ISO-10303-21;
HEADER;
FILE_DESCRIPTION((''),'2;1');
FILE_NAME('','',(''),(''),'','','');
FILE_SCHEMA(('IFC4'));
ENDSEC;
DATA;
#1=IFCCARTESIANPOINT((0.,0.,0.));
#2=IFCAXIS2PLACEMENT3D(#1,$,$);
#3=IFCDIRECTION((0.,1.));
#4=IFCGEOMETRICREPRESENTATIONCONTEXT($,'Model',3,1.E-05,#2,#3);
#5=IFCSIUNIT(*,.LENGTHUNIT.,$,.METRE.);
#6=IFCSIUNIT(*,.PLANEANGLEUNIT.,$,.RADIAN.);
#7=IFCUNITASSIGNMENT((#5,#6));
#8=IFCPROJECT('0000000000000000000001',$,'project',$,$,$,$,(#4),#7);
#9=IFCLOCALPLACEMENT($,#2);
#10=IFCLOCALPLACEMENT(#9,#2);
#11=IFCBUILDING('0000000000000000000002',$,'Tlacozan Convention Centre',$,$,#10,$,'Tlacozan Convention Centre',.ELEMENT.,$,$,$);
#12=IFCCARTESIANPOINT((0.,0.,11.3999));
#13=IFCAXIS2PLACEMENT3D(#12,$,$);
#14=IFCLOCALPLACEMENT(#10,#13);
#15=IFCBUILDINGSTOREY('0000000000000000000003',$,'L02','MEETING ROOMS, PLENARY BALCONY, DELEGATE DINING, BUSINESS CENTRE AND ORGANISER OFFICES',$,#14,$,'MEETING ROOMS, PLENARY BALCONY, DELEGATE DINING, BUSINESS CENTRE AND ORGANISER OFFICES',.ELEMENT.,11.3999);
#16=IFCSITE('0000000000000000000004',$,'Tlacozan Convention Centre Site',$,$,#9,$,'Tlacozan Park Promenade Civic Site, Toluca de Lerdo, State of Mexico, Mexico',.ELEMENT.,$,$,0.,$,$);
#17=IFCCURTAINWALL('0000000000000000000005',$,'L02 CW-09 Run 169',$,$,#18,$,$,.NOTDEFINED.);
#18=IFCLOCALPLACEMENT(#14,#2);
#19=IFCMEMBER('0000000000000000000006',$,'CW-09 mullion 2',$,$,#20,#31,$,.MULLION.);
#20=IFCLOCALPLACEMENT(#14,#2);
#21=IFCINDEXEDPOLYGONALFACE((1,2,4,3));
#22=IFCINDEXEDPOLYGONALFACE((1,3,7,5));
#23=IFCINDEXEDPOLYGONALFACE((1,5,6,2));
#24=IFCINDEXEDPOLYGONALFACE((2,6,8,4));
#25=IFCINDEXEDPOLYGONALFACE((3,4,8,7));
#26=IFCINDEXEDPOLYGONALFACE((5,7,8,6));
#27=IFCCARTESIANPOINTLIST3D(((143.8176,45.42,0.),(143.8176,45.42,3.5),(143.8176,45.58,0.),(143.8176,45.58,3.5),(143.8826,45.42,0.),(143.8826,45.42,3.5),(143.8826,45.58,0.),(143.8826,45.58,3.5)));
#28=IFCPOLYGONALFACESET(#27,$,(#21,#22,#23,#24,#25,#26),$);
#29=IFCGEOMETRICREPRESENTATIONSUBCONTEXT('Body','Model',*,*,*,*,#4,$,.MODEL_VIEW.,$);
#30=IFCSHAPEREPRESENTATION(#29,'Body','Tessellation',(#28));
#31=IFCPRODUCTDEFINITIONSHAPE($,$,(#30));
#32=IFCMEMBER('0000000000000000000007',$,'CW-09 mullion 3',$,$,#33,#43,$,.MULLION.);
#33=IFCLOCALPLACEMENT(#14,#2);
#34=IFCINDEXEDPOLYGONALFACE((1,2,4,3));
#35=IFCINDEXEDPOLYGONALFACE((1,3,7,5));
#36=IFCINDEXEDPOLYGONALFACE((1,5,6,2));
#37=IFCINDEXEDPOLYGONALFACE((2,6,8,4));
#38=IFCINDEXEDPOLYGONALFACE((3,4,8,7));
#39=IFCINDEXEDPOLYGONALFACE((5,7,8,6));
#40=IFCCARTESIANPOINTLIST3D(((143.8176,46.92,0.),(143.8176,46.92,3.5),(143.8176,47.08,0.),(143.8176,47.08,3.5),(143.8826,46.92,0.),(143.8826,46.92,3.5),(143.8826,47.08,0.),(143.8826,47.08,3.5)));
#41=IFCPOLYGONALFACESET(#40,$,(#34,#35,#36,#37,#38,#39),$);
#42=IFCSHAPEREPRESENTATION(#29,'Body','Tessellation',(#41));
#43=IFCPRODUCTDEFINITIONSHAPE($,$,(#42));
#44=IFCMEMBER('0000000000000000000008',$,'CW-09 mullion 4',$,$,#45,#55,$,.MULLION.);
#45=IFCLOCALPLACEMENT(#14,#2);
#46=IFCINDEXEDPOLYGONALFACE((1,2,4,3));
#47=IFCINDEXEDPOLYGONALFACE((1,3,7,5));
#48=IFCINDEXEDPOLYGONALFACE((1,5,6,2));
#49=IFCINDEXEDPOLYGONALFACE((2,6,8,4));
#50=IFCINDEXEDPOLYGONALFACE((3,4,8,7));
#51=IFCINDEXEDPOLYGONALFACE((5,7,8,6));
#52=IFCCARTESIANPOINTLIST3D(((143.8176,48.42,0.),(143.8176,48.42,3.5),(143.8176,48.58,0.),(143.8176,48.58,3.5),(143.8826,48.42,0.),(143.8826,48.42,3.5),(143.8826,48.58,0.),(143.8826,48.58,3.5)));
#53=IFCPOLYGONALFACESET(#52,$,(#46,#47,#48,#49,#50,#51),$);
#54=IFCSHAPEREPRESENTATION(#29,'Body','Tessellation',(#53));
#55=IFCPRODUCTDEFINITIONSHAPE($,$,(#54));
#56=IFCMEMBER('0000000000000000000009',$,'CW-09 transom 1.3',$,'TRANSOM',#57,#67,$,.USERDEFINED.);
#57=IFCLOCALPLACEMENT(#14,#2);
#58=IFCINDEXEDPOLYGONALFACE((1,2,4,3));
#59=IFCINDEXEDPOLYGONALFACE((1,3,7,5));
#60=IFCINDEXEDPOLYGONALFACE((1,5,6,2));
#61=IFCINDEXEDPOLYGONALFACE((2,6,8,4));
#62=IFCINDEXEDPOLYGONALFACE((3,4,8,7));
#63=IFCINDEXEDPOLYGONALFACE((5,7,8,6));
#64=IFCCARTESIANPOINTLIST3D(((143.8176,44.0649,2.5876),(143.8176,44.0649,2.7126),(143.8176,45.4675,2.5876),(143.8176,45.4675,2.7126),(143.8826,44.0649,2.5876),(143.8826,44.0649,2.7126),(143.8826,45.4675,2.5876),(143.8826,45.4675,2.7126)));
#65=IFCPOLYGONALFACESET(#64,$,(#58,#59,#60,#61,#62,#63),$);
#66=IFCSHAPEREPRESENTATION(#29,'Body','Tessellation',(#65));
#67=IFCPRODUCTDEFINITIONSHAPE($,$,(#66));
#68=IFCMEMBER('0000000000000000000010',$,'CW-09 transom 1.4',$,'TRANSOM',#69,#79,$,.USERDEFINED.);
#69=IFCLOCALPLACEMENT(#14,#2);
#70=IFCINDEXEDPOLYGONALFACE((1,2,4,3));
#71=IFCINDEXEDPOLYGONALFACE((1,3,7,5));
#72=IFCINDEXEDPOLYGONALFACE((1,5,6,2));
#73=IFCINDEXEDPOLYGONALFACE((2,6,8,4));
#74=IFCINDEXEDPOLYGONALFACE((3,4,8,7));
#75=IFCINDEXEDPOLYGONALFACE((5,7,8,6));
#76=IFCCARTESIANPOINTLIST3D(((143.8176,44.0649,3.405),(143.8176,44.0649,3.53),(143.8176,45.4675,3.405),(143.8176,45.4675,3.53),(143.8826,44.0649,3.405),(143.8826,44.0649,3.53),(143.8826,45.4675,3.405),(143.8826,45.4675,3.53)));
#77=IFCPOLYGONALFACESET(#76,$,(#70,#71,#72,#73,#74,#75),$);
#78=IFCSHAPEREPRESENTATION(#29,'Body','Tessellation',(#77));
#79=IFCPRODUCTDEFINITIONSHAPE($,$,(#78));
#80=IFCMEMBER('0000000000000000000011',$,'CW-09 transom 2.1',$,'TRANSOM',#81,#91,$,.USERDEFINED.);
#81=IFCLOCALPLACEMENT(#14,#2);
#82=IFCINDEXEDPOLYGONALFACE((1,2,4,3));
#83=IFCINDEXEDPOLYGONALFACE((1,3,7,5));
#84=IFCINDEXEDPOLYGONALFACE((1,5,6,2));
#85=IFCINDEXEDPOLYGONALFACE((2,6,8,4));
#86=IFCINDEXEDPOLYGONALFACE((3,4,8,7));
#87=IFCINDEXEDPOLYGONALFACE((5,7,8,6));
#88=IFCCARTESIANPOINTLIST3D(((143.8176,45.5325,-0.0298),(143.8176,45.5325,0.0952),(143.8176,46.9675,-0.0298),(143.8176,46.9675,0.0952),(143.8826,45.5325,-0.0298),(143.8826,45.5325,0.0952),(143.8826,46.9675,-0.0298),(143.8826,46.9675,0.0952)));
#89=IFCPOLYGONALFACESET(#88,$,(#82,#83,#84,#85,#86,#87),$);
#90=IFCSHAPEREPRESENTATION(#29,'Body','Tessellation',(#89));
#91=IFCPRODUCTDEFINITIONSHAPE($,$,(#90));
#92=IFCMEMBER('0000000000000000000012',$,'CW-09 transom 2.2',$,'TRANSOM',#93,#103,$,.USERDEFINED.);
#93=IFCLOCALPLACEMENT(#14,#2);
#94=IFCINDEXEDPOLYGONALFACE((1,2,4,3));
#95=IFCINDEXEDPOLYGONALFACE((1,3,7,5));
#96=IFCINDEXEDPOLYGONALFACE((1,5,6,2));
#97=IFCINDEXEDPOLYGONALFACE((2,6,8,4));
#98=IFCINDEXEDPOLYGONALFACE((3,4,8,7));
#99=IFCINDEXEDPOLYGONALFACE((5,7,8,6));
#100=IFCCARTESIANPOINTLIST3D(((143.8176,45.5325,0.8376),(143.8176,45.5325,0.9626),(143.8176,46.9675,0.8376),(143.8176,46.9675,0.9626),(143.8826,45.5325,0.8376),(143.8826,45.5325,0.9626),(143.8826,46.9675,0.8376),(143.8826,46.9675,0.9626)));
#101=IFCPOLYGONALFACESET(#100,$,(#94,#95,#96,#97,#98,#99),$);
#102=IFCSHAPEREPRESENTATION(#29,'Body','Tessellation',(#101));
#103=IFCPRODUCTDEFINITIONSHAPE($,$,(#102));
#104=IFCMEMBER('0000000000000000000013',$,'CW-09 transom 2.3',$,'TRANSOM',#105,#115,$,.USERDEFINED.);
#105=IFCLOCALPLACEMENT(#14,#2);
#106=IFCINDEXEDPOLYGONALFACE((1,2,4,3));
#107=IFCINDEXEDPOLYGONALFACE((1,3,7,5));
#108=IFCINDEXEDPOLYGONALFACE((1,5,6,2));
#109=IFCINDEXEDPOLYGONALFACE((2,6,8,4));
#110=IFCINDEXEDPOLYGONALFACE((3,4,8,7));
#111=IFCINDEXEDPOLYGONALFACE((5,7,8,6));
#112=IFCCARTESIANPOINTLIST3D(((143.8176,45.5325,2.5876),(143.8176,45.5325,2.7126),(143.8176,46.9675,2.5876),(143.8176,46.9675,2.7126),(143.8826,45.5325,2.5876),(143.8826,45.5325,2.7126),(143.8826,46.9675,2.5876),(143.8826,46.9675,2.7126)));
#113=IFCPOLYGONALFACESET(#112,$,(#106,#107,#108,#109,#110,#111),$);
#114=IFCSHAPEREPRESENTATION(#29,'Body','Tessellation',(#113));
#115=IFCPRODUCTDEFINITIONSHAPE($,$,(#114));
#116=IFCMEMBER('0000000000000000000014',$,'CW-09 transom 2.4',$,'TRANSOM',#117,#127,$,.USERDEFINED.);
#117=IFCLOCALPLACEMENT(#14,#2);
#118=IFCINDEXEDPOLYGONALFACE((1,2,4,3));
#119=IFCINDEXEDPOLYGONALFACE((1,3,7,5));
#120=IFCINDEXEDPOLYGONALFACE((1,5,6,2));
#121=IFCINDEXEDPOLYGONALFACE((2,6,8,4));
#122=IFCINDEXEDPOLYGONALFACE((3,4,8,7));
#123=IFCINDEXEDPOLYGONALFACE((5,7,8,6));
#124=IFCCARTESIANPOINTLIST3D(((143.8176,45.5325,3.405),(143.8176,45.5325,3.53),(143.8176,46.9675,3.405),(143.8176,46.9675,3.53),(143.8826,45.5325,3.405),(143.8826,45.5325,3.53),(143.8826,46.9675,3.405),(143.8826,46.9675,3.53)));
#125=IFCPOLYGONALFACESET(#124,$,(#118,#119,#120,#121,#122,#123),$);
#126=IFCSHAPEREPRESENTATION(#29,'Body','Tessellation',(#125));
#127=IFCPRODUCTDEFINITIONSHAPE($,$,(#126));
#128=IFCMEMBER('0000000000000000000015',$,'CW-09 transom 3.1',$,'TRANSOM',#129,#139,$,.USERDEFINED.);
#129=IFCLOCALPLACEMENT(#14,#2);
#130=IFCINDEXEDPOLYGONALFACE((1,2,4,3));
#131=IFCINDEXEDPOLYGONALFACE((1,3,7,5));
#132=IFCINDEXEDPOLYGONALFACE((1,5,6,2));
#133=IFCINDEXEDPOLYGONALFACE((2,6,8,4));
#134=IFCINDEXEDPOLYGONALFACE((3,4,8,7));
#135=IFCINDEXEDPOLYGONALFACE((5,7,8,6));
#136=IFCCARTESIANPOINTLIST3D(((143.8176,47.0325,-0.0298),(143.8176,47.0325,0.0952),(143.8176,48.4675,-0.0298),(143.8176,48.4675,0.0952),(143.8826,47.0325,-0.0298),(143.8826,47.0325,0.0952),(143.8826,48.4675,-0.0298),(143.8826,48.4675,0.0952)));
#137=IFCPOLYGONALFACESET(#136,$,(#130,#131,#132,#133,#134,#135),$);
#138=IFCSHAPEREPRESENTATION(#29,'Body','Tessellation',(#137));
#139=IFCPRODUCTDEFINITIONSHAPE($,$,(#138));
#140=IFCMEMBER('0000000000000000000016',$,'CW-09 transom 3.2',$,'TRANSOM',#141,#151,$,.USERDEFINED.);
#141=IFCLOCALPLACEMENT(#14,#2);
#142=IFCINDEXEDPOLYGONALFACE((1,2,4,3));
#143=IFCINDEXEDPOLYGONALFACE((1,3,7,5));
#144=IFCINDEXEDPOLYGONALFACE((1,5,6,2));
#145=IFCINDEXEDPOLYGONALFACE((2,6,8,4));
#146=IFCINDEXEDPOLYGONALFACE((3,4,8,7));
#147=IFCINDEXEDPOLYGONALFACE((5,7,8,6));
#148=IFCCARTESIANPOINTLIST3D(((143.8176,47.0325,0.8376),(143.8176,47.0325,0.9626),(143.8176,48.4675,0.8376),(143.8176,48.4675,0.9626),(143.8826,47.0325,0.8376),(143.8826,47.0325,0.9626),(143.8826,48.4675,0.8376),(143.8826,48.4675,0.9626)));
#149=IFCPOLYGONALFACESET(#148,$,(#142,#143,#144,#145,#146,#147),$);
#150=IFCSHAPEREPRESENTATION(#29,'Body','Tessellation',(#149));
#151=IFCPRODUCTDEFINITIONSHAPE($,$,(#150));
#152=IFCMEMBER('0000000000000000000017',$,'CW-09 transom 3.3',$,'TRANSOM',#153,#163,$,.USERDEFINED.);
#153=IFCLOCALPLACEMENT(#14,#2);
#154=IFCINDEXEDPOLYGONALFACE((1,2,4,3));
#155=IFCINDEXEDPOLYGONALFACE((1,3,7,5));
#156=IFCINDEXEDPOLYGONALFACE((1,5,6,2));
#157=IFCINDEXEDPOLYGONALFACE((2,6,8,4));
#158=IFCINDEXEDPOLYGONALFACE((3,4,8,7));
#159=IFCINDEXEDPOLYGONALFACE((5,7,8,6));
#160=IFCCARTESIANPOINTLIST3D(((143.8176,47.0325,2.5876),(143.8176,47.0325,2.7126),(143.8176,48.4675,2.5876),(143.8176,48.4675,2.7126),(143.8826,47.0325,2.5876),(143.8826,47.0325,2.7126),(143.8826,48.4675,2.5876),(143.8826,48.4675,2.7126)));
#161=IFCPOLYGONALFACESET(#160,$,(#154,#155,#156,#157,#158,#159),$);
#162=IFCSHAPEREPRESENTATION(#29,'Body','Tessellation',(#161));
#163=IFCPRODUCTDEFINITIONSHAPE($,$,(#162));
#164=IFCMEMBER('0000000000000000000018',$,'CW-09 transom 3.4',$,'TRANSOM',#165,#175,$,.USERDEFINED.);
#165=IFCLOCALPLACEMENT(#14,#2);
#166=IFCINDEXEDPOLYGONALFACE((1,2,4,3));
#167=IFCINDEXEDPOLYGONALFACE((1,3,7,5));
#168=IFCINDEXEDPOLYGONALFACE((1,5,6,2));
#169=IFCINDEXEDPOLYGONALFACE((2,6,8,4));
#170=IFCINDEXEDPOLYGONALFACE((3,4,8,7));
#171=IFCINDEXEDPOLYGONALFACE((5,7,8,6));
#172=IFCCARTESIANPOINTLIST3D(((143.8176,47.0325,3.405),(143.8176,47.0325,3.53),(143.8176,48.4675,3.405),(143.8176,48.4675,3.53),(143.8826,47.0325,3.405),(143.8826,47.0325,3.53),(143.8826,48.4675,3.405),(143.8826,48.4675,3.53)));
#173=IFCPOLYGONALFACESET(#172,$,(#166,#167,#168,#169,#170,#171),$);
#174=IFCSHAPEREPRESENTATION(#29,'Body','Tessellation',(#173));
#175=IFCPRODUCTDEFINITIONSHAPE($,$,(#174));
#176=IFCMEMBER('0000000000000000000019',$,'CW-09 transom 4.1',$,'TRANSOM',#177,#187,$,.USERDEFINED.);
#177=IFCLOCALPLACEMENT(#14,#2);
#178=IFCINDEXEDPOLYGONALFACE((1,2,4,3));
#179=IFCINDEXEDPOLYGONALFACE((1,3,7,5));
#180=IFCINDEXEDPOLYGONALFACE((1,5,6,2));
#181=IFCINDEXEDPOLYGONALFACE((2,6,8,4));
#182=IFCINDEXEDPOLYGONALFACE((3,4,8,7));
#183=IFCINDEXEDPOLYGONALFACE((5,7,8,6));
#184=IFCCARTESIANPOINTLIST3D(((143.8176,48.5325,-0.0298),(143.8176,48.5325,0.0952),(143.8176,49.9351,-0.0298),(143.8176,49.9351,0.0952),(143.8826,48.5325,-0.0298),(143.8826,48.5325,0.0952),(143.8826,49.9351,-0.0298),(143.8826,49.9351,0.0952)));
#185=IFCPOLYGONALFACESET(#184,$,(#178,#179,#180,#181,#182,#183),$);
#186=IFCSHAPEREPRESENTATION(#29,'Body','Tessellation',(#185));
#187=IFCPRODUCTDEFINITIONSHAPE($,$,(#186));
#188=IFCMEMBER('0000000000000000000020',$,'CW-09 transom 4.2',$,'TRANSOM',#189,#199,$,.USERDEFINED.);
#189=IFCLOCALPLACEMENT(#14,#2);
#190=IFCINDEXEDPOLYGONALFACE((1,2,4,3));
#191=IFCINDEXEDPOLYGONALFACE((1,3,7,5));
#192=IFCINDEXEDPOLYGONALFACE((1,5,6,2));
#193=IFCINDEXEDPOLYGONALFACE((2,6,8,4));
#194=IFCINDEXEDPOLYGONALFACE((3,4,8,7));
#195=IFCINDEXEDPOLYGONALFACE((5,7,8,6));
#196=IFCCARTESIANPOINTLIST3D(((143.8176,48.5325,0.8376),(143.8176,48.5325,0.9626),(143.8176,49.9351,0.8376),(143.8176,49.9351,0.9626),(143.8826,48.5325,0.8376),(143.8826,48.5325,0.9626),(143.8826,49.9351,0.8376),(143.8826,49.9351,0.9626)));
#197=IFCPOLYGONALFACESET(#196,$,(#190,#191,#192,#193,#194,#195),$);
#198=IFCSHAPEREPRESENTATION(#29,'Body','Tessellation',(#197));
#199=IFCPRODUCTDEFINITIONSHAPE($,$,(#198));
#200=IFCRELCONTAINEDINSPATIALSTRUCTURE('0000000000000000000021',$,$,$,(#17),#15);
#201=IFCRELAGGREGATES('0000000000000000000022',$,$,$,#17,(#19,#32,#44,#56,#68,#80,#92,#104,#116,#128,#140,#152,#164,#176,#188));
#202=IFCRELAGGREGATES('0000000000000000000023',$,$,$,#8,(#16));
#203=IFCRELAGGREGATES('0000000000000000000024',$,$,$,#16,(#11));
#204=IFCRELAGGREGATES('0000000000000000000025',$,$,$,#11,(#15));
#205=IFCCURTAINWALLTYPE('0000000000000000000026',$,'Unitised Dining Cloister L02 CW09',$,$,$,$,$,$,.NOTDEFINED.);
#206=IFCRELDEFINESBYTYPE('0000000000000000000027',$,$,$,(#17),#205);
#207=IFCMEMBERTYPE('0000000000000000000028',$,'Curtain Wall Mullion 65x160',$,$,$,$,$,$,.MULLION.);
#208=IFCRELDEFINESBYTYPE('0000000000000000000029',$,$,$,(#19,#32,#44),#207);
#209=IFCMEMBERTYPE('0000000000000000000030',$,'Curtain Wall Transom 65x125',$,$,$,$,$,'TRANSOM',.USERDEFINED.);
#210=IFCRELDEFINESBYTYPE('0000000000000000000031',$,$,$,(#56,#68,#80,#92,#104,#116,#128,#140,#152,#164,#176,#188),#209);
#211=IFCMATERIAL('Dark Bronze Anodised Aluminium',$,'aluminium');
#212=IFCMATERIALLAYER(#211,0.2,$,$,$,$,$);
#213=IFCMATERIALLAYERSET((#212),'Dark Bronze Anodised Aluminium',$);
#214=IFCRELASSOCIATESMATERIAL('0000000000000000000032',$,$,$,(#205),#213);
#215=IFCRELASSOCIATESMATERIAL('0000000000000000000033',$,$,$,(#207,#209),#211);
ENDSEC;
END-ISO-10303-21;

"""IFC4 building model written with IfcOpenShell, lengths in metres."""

from ifc_helpers import new_model, si_unit, direction, frame, origin, origin_2d, place, context, subcontext, project, spatial, rectangle, extrude, material, layer, layer_set, material_profile, profile_set, type_object, element, aggregate, save


model = new_model("IFC4")

# Units and contexts
model_context = context("Model", 3, precision=1e-05, world=origin(), true_north=direction((0.0, 1.0)))
body_context = subcontext(model_context, "Body", "Model", "MODEL_VIEW")
ifc_project = project(units=[si_unit("LENGTHUNIT", "METRE"), si_unit("PLANEANGLEUNIT", "RADIAN")], contexts=[model_context])

# Site, building, storey
site_placement = place(None, origin())
site = spatial("IfcSite", under=ifc_project, at=site_placement, Name="Tlacozan Convention Centre Site", LongName="Tlacozan Park Promenade Civic Site, Toluca de Lerdo, State of Mexico, Mexico", CompositionType="ELEMENT", RefElevation=0.0)
building_placement = place(site_placement, origin())
building = spatial("IfcBuilding", under=site, at=building_placement, Name="Tlacozan Convention Centre", LongName="Tlacozan Convention Centre", CompositionType="ELEMENT")
storey_placement = place(building_placement, frame((0.0, 0.0, 11.3999)))
storey = spatial("IfcBuildingStorey", under=building, at=storey_placement, Name="L02", Description="MEETING ROOMS, PLENARY BALCONY, DELEGATE DINING, BUSINESS CENTRE AND ORGANISER OFFICES", LongName="MEETING ROOMS, PLENARY BALCONY, DELEGATE DINING, BUSINESS CENTRE AND ORGANISER OFFICES", CompositionType="ELEMENT", Elevation=11.3999)

# Curtain wall, members
ifc_material_1 = material(Name="Dark Bronze Anodised Aluminium", Category="aluminium")
ifc_layer_1 = layer(ifc_material_1, 0.2)
ifc_layer_set_1 = layer_set([ifc_layer_1], Name="Dark Bronze Anodised Aluminium")
curtain_wall_type = type_object("IfcCurtainWallType", Name="Unitised Dining Cloister L02 CW09", PredefinedType="NOTDEFINED", material=ifc_layer_set_1)
curtain_wall_placement = place(storey_placement, origin())
curtain_wall = element("IfcCurtainWall", 1, at=curtain_wall_placement, inside=storey, type_object=curtain_wall_type, Name="L02 CW-09 Run 169", PredefinedType="NOTDEFINED")
ifc_material_profile_1 = material_profile(ifc_material_1, rectangle(XDim=0.0649, YDim=0.1599, at=origin_2d()), Name="ALU 65x160")
ifc_profile_set_1 = profile_set([ifc_material_profile_1], Name="Dark Bronze Anodised Aluminium")
member_type_1 = type_object("IfcMemberType", Name="Curtain Wall Mullion 65x160", PredefinedType="MULLION", material=ifc_profile_set_1)
member_1_placement = place(storey_placement, frame((143.8501, 45.5, 0.0), z_axis=(0.0, 0.0, 1.0), x_axis=(-1.0, 0.0, 0.0)))
member_1 = element("IfcMember", 2, at=member_1_placement, type_object=member_type_1, Name="CW-09 mullion 2", PredefinedType="MULLION", context=body_context, shape_type="SweptSolid", body=[
    extrude(rectangle(XDim=0.0649, YDim=0.1599, at=origin_2d()), origin(), (0.0, 0.0, 1.0), 3.5),
])
member_2_placement = place(storey_placement, frame((143.8501, 47.0, 0.0), z_axis=(0.0, 0.0, 1.0), x_axis=(-1.0, 0.0, 0.0)))
member_2 = element("IfcMember", 3, at=member_2_placement, type_object=member_type_1, Name="CW-09 mullion 3", PredefinedType="MULLION", context=body_context, shape_type="SweptSolid", body=[
    extrude(rectangle(XDim=0.0649, YDim=0.1599, at=origin_2d()), origin(), (0.0, 0.0, 1.0), 3.5),
])
member_3_placement = place(storey_placement, frame((143.8501, 48.5, 0.0), z_axis=(0.0, 0.0, 1.0), x_axis=(-1.0, 0.0, 0.0)))
member_3 = element("IfcMember", 4, at=member_3_placement, type_object=member_type_1, Name="CW-09 mullion 4", PredefinedType="MULLION", context=body_context, shape_type="SweptSolid", body=[
    extrude(rectangle(XDim=0.0649, YDim=0.1599, at=origin_2d()), origin(), (0.0, 0.0, 1.0), 3.5),
])
ifc_material_profile_2 = material_profile(ifc_material_1, rectangle(XDim=0.0649, YDim=0.125, at=origin_2d()), Name="ALU 65x125")
ifc_profile_set_2 = profile_set([ifc_material_profile_2], Name="Dark Bronze Anodised Aluminium")
member_type_2 = type_object("IfcMemberType", Name="Curtain Wall Transom 65x125", ElementType="TRANSOM", PredefinedType="USERDEFINED", material=ifc_profile_set_2)
member_4_placement = place(storey_placement, frame((143.8501, 44.0649, 2.6501), z_axis=(0.0, 1.0, 0.0), x_axis=(-1.0, 0.0, 0.0)))
member_4 = element("IfcMember", 5, at=member_4_placement, type_object=member_type_2, Name="CW-09 transom 1.3", ObjectType="TRANSOM", PredefinedType="USERDEFINED", context=body_context, shape_type="SweptSolid", body=[
    extrude(rectangle(XDim=0.0649, YDim=0.125, at=origin_2d()), origin(), (0.0, 0.0, 1.0), 1.4026),
])
member_5_placement = place(storey_placement, frame((143.8501, 44.0649, 3.4675), z_axis=(0.0, 1.0, 0.0), x_axis=(-1.0, 0.0, 0.0)))
member_5 = element("IfcMember", 6, at=member_5_placement, type_object=member_type_2, Name="CW-09 transom 1.4", ObjectType="TRANSOM", PredefinedType="USERDEFINED", context=body_context, shape_type="SweptSolid", body=[
    extrude(rectangle(XDim=0.0649, YDim=0.125, at=origin_2d()), origin(), (0.0, 0.0, 1.0), 1.4026),
])
member_6_placement = place(storey_placement, frame((143.8501, 45.5325, 0.0327), z_axis=(0.0, 1.0, 0.0), x_axis=(-1.0, 0.0, 0.0)))
member_6 = element("IfcMember", 7, at=member_6_placement, type_object=member_type_2, Name="CW-09 transom 2.1", ObjectType="TRANSOM", PredefinedType="USERDEFINED", context=body_context, shape_type="SweptSolid", body=[
    extrude(rectangle(XDim=0.0649, YDim=0.125, at=origin_2d()), origin(), (0.0, 0.0, 1.0), 1.4351),
])
member_7_placement = place(storey_placement, frame((143.8501, 45.5325, 0.9001), z_axis=(0.0, 1.0, 0.0), x_axis=(-1.0, 0.0, 0.0)))
member_7 = element("IfcMember", 8, at=member_7_placement, type_object=member_type_2, Name="CW-09 transom 2.2", ObjectType="TRANSOM", PredefinedType="USERDEFINED", context=body_context, shape_type="SweptSolid", body=[
    extrude(rectangle(XDim=0.0649, YDim=0.125, at=origin_2d()), origin(), (0.0, 0.0, 1.0), 1.4351),
])
member_8_placement = place(storey_placement, frame((143.8501, 45.5325, 2.6501), z_axis=(0.0, 1.0, 0.0), x_axis=(-1.0, 0.0, 0.0)))
member_8 = element("IfcMember", 9, at=member_8_placement, type_object=member_type_2, Name="CW-09 transom 2.3", ObjectType="TRANSOM", PredefinedType="USERDEFINED", context=body_context, shape_type="SweptSolid", body=[
    extrude(rectangle(XDim=0.0649, YDim=0.125, at=origin_2d()), origin(), (0.0, 0.0, 1.0), 1.4351),
])
member_9_placement = place(storey_placement, frame((143.8501, 45.5325, 3.4675), z_axis=(0.0, 1.0, 0.0), x_axis=(-1.0, 0.0, 0.0)))
member_9 = element("IfcMember", 10, at=member_9_placement, type_object=member_type_2, Name="CW-09 transom 2.4", ObjectType="TRANSOM", PredefinedType="USERDEFINED", context=body_context, shape_type="SweptSolid", body=[
    extrude(rectangle(XDim=0.0649, YDim=0.125, at=origin_2d()), origin(), (0.0, 0.0, 1.0), 1.4351),
])
member_10_placement = place(storey_placement, frame((143.8501, 47.0325, 0.0327), z_axis=(0.0, 1.0, 0.0), x_axis=(-1.0, 0.0, 0.0)))
member_10 = element("IfcMember", 11, at=member_10_placement, type_object=member_type_2, Name="CW-09 transom 3.1", ObjectType="TRANSOM", PredefinedType="USERDEFINED", context=body_context, shape_type="SweptSolid", body=[
    extrude(rectangle(XDim=0.0649, YDim=0.125, at=origin_2d()), origin(), (0.0, 0.0, 1.0), 1.4351),
])
member_11_placement = place(storey_placement, frame((143.8501, 47.0325, 0.9001), z_axis=(0.0, 1.0, 0.0), x_axis=(-1.0, 0.0, 0.0)))
member_11 = element("IfcMember", 12, at=member_11_placement, type_object=member_type_2, Name="CW-09 transom 3.2", ObjectType="TRANSOM", PredefinedType="USERDEFINED", context=body_context, shape_type="SweptSolid", body=[
    extrude(rectangle(XDim=0.0649, YDim=0.125, at=origin_2d()), origin(), (0.0, 0.0, 1.0), 1.4351),
])
member_12_placement = place(storey_placement, frame((143.8501, 47.0325, 2.6501), z_axis=(0.0, 1.0, 0.0), x_axis=(-1.0, 0.0, 0.0)))
member_12 = element("IfcMember", 13, at=member_12_placement, type_object=member_type_2, Name="CW-09 transom 3.3", ObjectType="TRANSOM", PredefinedType="USERDEFINED", context=body_context, shape_type="SweptSolid", body=[
    extrude(rectangle(XDim=0.0649, YDim=0.125, at=origin_2d()), origin(), (0.0, 0.0, 1.0), 1.4351),
])
member_13_placement = place(storey_placement, frame((143.8501, 47.0325, 3.4675), z_axis=(0.0, 1.0, 0.0), x_axis=(-1.0, 0.0, 0.0)))
member_13 = element("IfcMember", 14, at=member_13_placement, type_object=member_type_2, Name="CW-09 transom 3.4", ObjectType="TRANSOM", PredefinedType="USERDEFINED", context=body_context, shape_type="SweptSolid", body=[
    extrude(rectangle(XDim=0.0649, YDim=0.125, at=origin_2d()), origin(), (0.0, 0.0, 1.0), 1.4351),
])
member_14_placement = place(storey_placement, frame((143.8501, 48.5325, 0.0327), z_axis=(0.0, 1.0, 0.0), x_axis=(-1.0, 0.0, 0.0)))
member_14 = element("IfcMember", 15, at=member_14_placement, type_object=member_type_2, Name="CW-09 transom 4.1", ObjectType="TRANSOM", PredefinedType="USERDEFINED", context=body_context, shape_type="SweptSolid", body=[
    extrude(rectangle(XDim=0.0649, YDim=0.125, at=origin_2d()), origin(), (0.0, 0.0, 1.0), 1.4026),
])
member_15_placement = place(storey_placement, frame((143.8501, 48.5325, 0.9001), z_axis=(0.0, 1.0, 0.0), x_axis=(-1.0, 0.0, 0.0)))
member_15 = element("IfcMember", 16, at=member_15_placement, type_object=member_type_2, Name="CW-09 transom 4.2", ObjectType="TRANSOM", PredefinedType="USERDEFINED", context=body_context, shape_type="SweptSolid", body=[
    extrude(rectangle(XDim=0.0649, YDim=0.125, at=origin_2d()), origin(), (0.0, 0.0, 1.0), 1.4026),
])
aggregate(curtain_wall, [member_1, member_2, member_3, member_4, member_5, member_6, member_7, member_8, member_9, member_10, member_11, member_12, member_13, member_14, member_15])

save(model, "model.ifc")
